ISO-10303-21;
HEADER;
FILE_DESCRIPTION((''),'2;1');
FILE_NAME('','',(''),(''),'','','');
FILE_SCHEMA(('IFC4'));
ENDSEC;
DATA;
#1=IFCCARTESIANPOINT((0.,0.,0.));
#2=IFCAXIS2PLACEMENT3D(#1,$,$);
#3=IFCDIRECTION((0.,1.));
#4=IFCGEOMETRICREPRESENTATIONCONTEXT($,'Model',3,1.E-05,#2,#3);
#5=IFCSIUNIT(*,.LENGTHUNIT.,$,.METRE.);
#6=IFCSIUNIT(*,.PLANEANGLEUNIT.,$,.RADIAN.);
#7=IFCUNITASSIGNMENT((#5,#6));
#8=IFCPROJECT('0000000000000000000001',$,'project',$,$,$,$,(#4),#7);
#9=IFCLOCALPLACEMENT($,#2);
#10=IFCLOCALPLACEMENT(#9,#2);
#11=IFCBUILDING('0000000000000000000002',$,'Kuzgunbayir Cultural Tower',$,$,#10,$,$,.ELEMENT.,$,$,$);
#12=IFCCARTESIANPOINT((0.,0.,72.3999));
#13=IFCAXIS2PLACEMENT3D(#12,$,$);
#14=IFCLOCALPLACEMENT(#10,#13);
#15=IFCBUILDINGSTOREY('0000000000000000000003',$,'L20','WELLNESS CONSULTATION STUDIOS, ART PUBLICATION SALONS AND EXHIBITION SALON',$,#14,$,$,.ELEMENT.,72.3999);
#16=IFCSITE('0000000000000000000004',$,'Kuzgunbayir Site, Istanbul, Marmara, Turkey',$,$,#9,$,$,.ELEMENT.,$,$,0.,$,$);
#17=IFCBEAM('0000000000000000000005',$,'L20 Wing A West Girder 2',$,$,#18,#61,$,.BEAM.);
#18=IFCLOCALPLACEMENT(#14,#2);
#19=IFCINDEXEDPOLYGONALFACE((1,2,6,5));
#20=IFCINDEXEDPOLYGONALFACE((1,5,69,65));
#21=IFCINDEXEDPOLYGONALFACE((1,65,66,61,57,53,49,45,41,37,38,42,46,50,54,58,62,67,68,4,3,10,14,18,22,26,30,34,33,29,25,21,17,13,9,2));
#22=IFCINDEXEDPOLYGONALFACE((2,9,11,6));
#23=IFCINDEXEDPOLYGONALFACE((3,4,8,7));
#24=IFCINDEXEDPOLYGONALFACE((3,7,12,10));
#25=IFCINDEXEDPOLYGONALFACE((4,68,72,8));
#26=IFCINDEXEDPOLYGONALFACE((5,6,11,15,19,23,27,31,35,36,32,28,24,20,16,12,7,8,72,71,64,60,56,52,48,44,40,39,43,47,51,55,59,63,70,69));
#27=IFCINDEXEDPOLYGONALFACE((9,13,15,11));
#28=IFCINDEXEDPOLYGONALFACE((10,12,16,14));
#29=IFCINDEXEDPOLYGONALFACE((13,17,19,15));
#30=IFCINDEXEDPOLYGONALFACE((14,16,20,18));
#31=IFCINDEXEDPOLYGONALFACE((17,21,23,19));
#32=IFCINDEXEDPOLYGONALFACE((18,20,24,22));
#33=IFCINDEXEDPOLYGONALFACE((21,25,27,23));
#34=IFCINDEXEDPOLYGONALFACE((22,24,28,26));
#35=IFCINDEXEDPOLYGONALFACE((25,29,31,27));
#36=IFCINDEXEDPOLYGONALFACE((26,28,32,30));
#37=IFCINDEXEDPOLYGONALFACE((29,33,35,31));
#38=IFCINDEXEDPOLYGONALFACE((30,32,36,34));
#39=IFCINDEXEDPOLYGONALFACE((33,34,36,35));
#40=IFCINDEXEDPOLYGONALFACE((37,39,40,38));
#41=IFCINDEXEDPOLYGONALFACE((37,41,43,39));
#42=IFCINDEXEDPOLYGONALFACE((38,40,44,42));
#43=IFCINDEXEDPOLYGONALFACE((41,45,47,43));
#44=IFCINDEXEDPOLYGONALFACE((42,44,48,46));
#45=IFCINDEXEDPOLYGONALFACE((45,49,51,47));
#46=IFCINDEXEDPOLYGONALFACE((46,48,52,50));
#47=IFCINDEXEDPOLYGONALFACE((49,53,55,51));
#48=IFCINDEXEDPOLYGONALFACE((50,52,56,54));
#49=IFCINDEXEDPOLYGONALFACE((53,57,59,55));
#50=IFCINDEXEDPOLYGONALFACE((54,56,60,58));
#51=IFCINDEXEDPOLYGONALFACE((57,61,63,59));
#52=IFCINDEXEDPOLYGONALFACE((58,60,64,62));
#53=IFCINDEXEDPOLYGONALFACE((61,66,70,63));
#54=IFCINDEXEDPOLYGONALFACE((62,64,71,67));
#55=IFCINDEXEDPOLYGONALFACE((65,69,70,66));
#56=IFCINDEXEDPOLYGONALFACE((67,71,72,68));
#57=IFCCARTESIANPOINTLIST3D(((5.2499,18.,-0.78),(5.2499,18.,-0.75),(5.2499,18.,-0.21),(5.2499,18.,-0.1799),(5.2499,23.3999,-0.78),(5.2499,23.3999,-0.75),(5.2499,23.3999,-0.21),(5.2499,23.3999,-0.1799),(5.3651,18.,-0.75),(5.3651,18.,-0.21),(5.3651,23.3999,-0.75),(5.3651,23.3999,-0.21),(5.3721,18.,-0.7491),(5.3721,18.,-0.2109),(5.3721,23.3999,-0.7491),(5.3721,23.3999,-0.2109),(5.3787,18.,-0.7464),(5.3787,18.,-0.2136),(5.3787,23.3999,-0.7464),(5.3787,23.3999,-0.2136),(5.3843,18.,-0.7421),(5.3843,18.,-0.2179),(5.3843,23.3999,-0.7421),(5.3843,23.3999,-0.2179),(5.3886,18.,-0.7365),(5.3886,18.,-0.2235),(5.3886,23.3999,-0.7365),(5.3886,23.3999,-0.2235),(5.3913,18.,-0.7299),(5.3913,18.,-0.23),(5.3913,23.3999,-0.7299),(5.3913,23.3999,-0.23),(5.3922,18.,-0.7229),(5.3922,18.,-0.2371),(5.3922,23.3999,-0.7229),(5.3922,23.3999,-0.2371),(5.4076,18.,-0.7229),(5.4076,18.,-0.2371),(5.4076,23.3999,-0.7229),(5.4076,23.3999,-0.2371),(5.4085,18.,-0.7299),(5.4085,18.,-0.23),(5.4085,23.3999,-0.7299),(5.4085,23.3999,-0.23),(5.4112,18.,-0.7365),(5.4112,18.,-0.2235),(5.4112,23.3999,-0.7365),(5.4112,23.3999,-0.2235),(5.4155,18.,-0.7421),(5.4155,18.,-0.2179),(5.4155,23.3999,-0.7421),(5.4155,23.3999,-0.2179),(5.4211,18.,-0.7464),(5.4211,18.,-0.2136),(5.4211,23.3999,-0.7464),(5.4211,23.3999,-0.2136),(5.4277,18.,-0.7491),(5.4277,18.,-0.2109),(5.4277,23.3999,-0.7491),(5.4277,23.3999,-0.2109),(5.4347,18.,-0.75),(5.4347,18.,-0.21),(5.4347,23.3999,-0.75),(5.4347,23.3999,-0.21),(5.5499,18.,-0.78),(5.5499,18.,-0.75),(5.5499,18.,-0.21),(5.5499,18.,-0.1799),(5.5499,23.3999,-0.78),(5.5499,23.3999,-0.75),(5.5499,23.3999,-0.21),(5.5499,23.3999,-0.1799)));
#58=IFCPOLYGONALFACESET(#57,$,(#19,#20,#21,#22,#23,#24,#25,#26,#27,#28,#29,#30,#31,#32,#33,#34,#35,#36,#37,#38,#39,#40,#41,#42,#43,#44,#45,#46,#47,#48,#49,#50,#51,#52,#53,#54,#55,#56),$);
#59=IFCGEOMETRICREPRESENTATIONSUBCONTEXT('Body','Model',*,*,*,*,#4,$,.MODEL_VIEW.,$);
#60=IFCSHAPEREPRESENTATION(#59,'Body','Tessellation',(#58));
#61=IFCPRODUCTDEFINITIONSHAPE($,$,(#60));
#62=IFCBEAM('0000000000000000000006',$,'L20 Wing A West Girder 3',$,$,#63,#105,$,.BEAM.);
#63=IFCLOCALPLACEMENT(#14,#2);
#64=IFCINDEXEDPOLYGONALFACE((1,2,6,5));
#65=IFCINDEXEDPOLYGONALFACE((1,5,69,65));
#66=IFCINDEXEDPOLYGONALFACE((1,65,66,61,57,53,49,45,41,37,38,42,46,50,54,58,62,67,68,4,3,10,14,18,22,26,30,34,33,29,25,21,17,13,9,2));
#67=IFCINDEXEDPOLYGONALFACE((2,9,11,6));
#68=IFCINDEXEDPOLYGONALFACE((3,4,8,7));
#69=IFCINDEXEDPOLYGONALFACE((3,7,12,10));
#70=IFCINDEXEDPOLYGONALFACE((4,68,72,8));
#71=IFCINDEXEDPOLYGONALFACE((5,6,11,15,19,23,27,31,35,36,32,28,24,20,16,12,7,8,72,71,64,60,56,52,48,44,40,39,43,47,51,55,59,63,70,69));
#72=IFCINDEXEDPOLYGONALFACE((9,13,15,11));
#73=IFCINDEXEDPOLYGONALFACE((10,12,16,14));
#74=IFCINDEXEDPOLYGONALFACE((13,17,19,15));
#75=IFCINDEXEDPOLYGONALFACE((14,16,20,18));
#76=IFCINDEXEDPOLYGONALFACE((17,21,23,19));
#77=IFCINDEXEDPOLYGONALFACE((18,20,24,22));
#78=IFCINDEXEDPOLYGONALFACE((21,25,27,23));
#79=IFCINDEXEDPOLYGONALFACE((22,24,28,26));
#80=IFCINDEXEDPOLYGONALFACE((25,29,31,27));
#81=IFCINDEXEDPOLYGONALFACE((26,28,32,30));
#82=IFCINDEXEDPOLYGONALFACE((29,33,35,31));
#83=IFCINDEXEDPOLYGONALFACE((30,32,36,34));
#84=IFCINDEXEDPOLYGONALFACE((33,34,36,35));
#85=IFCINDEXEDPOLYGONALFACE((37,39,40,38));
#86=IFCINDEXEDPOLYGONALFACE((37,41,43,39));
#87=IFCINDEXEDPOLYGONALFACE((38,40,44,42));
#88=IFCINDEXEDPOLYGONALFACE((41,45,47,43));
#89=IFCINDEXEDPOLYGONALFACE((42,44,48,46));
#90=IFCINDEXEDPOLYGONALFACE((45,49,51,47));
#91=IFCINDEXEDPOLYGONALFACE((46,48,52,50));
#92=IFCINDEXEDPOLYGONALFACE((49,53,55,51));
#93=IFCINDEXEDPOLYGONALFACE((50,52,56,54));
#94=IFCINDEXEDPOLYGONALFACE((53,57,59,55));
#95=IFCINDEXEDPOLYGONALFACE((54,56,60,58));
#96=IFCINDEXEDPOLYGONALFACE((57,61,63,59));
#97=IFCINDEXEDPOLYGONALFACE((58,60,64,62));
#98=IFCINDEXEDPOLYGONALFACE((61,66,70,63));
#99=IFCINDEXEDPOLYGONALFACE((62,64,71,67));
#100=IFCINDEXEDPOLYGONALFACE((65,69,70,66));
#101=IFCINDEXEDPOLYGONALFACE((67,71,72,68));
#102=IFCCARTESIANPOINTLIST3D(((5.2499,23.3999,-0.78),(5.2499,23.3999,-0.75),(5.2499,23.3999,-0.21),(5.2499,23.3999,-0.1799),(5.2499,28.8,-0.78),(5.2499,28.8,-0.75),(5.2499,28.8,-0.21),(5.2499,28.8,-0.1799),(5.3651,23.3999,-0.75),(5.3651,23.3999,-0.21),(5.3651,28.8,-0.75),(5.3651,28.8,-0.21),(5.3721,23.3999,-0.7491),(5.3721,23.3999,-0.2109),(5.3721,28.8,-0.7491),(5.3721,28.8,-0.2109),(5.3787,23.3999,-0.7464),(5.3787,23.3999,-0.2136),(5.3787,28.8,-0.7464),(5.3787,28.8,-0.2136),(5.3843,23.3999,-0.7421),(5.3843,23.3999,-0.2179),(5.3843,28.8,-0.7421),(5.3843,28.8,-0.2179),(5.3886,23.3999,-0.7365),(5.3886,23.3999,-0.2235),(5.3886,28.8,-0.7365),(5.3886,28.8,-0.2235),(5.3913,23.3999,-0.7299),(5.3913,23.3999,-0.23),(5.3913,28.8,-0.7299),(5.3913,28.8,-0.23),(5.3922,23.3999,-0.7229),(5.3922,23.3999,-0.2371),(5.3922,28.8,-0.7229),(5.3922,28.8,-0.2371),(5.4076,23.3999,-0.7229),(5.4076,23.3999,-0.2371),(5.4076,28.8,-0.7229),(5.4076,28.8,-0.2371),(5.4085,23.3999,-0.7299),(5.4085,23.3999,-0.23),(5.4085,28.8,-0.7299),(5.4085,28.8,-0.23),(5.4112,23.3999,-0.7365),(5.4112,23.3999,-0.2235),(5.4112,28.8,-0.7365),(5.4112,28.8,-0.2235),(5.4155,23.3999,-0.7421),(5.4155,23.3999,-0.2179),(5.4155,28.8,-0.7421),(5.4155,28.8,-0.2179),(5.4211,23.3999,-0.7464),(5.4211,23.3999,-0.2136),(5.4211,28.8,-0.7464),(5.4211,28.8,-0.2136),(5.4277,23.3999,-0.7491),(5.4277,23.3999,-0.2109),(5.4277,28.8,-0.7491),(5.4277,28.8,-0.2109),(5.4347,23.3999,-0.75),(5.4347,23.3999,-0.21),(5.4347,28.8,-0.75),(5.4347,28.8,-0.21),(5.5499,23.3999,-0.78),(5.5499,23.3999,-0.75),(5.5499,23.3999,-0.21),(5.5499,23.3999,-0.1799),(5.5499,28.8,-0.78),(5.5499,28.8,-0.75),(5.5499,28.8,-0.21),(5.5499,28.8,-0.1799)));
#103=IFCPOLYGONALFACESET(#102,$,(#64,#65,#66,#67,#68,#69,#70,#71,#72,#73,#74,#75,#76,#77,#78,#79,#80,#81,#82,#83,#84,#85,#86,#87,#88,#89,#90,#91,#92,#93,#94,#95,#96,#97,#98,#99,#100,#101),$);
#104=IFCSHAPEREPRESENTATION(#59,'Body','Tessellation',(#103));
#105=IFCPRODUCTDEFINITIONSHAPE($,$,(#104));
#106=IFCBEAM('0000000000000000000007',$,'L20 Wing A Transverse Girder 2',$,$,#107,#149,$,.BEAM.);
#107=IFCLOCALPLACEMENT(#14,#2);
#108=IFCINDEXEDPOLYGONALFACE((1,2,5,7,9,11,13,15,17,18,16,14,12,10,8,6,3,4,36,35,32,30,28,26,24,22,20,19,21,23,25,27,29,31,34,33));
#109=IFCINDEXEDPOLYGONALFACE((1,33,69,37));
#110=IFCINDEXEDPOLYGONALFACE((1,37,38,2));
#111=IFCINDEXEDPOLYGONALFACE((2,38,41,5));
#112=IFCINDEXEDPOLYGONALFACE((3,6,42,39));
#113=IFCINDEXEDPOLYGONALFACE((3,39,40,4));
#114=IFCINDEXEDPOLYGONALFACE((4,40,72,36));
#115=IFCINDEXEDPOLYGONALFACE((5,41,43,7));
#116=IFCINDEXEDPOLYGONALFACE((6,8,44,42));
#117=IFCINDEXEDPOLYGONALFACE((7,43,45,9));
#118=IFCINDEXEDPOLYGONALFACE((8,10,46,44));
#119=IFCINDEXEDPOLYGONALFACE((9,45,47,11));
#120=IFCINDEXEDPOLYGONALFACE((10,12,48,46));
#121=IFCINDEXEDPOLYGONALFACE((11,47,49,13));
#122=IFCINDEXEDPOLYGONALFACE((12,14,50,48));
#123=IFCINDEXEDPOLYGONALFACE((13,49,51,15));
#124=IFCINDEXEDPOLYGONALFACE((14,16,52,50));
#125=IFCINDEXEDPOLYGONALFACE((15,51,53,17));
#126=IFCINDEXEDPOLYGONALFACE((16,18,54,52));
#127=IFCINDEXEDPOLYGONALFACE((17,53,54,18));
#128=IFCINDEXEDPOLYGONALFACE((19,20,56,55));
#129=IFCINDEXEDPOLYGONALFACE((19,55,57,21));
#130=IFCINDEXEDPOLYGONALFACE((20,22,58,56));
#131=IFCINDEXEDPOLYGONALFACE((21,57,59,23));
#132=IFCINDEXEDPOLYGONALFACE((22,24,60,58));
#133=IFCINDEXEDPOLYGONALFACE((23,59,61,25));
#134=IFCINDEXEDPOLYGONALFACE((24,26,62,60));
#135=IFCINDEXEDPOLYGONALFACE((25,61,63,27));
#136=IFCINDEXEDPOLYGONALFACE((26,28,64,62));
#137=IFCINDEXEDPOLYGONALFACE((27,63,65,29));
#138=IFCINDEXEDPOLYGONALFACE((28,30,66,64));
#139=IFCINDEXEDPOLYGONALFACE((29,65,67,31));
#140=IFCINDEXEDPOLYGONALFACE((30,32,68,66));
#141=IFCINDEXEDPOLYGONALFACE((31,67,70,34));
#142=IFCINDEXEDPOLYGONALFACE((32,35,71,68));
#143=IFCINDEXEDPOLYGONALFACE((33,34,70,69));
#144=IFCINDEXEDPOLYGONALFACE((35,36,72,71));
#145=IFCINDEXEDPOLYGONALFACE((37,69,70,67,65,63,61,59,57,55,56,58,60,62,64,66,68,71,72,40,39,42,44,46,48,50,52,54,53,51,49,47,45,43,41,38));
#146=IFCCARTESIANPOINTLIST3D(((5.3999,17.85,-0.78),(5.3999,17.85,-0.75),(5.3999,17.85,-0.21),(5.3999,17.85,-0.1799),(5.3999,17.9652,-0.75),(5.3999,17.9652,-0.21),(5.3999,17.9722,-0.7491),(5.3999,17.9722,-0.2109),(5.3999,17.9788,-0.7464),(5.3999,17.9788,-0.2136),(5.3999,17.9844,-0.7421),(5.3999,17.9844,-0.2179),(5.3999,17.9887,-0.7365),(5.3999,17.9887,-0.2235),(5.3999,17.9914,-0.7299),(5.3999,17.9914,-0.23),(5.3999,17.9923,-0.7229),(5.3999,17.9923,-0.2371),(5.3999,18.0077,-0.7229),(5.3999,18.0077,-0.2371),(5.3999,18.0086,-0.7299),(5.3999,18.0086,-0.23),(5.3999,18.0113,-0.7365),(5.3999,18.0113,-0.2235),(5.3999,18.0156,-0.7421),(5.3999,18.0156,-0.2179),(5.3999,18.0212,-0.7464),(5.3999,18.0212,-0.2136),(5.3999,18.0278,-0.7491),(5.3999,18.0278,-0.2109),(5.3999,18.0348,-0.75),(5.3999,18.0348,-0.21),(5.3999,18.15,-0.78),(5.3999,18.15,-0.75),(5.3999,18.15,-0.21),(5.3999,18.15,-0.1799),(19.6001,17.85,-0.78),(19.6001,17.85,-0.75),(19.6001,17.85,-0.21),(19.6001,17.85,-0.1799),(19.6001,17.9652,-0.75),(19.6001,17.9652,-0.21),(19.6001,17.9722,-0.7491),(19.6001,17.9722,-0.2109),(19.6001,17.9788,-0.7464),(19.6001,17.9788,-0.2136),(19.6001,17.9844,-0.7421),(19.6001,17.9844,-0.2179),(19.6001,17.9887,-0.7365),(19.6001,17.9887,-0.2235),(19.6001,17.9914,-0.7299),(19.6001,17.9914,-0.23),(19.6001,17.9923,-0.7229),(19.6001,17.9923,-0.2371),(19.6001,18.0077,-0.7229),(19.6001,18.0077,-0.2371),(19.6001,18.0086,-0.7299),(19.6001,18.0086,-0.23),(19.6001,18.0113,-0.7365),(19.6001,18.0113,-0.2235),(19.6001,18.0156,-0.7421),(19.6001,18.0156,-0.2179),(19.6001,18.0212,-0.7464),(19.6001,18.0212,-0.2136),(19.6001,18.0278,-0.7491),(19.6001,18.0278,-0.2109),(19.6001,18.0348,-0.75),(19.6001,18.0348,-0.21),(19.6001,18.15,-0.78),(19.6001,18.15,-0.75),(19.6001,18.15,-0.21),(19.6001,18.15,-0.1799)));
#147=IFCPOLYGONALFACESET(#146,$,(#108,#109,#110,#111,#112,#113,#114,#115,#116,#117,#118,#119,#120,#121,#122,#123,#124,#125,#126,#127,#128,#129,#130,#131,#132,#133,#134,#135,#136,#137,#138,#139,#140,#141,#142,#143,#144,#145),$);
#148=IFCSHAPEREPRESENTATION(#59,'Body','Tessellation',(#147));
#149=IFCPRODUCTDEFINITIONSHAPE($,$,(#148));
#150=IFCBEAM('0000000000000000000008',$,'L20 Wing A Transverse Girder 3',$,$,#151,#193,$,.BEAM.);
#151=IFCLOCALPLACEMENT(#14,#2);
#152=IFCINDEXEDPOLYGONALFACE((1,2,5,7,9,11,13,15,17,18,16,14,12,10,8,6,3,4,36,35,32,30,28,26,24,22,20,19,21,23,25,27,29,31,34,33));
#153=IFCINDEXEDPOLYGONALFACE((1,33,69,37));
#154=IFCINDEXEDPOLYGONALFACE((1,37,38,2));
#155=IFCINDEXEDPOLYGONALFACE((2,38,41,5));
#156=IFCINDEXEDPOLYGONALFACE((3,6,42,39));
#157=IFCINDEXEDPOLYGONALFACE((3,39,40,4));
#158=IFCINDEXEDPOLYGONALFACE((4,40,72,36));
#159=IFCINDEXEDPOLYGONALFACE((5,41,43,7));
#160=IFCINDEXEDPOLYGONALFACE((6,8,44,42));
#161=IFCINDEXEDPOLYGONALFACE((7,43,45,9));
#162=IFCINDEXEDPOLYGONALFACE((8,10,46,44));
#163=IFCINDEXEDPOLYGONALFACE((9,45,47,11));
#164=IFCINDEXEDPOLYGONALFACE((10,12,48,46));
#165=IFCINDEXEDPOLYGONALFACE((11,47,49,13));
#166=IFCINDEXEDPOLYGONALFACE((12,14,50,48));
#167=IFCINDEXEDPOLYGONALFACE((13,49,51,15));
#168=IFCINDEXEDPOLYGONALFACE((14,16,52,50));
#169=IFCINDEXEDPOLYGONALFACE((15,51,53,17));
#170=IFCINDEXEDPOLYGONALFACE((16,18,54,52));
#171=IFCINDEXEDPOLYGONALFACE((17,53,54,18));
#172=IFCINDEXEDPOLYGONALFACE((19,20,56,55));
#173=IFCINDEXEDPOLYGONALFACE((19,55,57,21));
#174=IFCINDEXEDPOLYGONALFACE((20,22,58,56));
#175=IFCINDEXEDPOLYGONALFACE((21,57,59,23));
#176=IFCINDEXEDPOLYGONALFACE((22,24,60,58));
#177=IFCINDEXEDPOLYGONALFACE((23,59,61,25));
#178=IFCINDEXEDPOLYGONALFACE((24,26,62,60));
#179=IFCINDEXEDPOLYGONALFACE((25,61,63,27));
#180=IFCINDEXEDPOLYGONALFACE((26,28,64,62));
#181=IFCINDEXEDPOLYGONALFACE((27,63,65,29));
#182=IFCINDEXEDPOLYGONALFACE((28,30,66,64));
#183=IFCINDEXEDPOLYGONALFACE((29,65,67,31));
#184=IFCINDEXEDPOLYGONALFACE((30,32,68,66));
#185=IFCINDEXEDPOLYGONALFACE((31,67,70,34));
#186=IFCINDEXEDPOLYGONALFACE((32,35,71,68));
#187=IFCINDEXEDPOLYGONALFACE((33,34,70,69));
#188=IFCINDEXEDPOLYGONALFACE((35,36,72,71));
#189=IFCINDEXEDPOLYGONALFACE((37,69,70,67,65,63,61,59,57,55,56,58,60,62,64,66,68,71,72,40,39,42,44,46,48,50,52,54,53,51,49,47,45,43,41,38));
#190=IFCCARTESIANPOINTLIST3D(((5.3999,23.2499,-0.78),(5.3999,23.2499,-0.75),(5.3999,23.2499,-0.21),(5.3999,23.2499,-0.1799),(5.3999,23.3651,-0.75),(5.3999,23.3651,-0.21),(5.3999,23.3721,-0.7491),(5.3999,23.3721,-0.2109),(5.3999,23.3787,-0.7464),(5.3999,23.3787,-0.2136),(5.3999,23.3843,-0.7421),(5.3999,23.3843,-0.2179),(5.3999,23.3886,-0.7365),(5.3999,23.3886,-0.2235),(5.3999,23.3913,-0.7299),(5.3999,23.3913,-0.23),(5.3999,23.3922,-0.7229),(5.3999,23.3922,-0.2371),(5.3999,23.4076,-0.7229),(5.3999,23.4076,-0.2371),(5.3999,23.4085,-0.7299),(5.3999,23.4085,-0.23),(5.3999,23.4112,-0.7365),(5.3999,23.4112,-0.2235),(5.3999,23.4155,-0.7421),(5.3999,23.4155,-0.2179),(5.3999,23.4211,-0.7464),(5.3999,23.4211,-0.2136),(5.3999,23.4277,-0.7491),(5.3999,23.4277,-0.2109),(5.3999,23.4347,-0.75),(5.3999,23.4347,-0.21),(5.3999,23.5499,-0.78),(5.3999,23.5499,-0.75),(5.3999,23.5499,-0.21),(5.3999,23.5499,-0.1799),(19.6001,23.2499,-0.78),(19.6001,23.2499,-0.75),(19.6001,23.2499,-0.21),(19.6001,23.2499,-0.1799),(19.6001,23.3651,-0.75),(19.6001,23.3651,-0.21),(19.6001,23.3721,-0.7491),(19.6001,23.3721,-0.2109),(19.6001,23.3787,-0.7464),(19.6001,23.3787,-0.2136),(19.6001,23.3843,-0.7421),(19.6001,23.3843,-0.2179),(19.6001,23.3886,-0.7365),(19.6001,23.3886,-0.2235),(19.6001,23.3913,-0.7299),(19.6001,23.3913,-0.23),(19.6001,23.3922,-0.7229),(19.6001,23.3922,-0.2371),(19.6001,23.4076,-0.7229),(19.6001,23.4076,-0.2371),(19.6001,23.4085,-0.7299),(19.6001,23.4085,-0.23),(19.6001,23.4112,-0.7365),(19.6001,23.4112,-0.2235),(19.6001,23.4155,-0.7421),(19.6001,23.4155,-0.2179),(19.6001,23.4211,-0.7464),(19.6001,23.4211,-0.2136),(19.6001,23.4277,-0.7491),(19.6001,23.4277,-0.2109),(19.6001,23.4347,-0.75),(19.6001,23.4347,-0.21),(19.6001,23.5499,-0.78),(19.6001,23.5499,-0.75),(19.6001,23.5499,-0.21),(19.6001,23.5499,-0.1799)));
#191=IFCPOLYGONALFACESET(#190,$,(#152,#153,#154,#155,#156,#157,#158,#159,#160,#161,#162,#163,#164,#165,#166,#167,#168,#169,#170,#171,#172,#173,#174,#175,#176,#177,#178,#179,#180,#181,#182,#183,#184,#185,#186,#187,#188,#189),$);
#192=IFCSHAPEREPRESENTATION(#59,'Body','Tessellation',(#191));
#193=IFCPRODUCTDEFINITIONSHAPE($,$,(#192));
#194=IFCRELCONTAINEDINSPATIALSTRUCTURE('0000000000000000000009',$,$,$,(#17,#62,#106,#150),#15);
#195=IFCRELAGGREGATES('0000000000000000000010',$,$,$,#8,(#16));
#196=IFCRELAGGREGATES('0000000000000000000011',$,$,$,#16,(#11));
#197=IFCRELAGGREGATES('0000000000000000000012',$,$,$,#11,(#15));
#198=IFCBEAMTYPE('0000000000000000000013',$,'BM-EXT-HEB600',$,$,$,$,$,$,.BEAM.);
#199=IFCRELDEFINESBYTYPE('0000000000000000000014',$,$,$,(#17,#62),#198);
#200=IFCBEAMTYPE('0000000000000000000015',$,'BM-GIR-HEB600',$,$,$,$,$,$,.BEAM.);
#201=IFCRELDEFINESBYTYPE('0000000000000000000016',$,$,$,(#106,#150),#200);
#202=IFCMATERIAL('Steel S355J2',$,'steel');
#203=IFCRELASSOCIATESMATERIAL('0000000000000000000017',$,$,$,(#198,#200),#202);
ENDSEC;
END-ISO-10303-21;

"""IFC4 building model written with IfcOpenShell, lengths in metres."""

from ifc_helpers import new_model, si_unit, direction, frame, origin, origin_2d, place, context, subcontext, project, spatial, i_section, extrude, material, material_profile, profile_set, type_object, element, save


model = new_model("IFC4")

# Units and contexts
model_context = context("Model", 3, precision=1e-05, world=origin(), true_north=direction((0.0, 1.0)))
body_context = subcontext(model_context, "Body", "Model", "MODEL_VIEW")
ifc_project = project(units=[si_unit("LENGTHUNIT", "METRE"), si_unit("PLANEANGLEUNIT", "RADIAN")], contexts=[model_context])

# Site, building, storey
site_placement = place(None, origin())
site = spatial("IfcSite", under=ifc_project, at=site_placement, Name="Kuzgunbayir Site, Istanbul, Marmara, Turkey", CompositionType="ELEMENT", RefElevation=0.0)
building_placement = place(site_placement, origin())
building = spatial("IfcBuilding", under=site, at=building_placement, Name="Kuzgunbayir Cultural Tower", CompositionType="ELEMENT")
storey_placement = place(building_placement, frame((0.0, 0.0, 72.3999)))
storey = spatial("IfcBuildingStorey", under=building, at=storey_placement, Name="L20", Description="WELLNESS CONSULTATION STUDIOS, ART PUBLICATION SALONS AND EXHIBITION SALON", CompositionType="ELEMENT", Elevation=72.3999)

# Beams
ifc_material_1 = material(Name="Steel S355J2", Category="steel")
ifc_material_profile_1 = material_profile(ifc_material_1, i_section(OverallWidth=0.3, OverallDepth=0.6001, WebThickness=0.0154, FlangeThickness=0.03, FilletRadius=0.0271, at=origin_2d()), Name="HEB 600")
ifc_profile_set_1 = profile_set([ifc_material_profile_1], Name="Steel S355J2")
beam_type_1 = type_object("IfcBeamType", Name="BM-EXT-HEB600", PredefinedType="BEAM", material=ifc_profile_set_1)
beam_1_placement = place(storey_placement, frame((5.3999, 18.0, -0.48), z_axis=(0.0, 1.0, 0.0), x_axis=(-1.0, 0.0, 0.0)))
element("IfcBeam", 1, at=beam_1_placement, inside=storey, type_object=beam_type_1, Name="L20 Wing A West Girder 2", PredefinedType="BEAM", context=body_context, shape_type="SweptSolid", body=[
    extrude(i_section(OverallWidth=0.3, OverallDepth=0.6001, WebThickness=0.0154, FlangeThickness=0.03, FilletRadius=0.0271, at=origin_2d()), origin(), (0.0, 0.0, 1.0), 5.3999),
])
beam_2_placement = place(storey_placement, frame((5.3999, 23.3999, -0.48), z_axis=(0.0, 1.0, 0.0), x_axis=(-1.0, 0.0, 0.0)))
element("IfcBeam", 2, at=beam_2_placement, inside=storey, type_object=beam_type_1, Name="L20 Wing A West Girder 3", PredefinedType="BEAM", context=body_context, shape_type="SweptSolid", body=[
    extrude(i_section(OverallWidth=0.3, OverallDepth=0.6001, WebThickness=0.0154, FlangeThickness=0.03, FilletRadius=0.0271, at=origin_2d()), origin(), (0.0, 0.0, 1.0), 5.4001),
])
ifc_material_profile_2 = material_profile(ifc_material_1, i_section(OverallWidth=0.3, OverallDepth=0.6001, WebThickness=0.0154, FlangeThickness=0.03, FilletRadius=0.0271, at=origin_2d()), Name="HEB 600")
ifc_profile_set_2 = profile_set([ifc_material_profile_2], Name="Steel S355J2")
beam_type_2 = type_object("IfcBeamType", Name="BM-GIR-HEB600", PredefinedType="BEAM", material=ifc_profile_set_2)
for number, where, z_axis, x_axis, name in (
    (3, (5.3999, 18.0, -0.48), (1.0, 0.0, 0.0), (0.0, 1.0, 0.0), "L20 Wing A Transverse Girder 2"),
    (4, (5.3999, 23.3999, -0.48), (1.0, 0.0, 0.0), (0.0, 1.0, 0.0), "L20 Wing A Transverse Girder 3"),
):
    element("IfcBeam", number, at=place(storey_placement, frame(where, z_axis=z_axis, x_axis=x_axis)), inside=storey, type_object=beam_type_2, Name=name, PredefinedType="BEAM", context=body_context, shape_type="SweptSolid", body=[
        extrude(i_section(OverallWidth=0.3, OverallDepth=0.6001, WebThickness=0.0154, FlangeThickness=0.03, FilletRadius=0.0271, at=origin_2d()), origin(), (0.0, 0.0, 1.0), 14.2002),
    ])

save(model, "model.ifc")
